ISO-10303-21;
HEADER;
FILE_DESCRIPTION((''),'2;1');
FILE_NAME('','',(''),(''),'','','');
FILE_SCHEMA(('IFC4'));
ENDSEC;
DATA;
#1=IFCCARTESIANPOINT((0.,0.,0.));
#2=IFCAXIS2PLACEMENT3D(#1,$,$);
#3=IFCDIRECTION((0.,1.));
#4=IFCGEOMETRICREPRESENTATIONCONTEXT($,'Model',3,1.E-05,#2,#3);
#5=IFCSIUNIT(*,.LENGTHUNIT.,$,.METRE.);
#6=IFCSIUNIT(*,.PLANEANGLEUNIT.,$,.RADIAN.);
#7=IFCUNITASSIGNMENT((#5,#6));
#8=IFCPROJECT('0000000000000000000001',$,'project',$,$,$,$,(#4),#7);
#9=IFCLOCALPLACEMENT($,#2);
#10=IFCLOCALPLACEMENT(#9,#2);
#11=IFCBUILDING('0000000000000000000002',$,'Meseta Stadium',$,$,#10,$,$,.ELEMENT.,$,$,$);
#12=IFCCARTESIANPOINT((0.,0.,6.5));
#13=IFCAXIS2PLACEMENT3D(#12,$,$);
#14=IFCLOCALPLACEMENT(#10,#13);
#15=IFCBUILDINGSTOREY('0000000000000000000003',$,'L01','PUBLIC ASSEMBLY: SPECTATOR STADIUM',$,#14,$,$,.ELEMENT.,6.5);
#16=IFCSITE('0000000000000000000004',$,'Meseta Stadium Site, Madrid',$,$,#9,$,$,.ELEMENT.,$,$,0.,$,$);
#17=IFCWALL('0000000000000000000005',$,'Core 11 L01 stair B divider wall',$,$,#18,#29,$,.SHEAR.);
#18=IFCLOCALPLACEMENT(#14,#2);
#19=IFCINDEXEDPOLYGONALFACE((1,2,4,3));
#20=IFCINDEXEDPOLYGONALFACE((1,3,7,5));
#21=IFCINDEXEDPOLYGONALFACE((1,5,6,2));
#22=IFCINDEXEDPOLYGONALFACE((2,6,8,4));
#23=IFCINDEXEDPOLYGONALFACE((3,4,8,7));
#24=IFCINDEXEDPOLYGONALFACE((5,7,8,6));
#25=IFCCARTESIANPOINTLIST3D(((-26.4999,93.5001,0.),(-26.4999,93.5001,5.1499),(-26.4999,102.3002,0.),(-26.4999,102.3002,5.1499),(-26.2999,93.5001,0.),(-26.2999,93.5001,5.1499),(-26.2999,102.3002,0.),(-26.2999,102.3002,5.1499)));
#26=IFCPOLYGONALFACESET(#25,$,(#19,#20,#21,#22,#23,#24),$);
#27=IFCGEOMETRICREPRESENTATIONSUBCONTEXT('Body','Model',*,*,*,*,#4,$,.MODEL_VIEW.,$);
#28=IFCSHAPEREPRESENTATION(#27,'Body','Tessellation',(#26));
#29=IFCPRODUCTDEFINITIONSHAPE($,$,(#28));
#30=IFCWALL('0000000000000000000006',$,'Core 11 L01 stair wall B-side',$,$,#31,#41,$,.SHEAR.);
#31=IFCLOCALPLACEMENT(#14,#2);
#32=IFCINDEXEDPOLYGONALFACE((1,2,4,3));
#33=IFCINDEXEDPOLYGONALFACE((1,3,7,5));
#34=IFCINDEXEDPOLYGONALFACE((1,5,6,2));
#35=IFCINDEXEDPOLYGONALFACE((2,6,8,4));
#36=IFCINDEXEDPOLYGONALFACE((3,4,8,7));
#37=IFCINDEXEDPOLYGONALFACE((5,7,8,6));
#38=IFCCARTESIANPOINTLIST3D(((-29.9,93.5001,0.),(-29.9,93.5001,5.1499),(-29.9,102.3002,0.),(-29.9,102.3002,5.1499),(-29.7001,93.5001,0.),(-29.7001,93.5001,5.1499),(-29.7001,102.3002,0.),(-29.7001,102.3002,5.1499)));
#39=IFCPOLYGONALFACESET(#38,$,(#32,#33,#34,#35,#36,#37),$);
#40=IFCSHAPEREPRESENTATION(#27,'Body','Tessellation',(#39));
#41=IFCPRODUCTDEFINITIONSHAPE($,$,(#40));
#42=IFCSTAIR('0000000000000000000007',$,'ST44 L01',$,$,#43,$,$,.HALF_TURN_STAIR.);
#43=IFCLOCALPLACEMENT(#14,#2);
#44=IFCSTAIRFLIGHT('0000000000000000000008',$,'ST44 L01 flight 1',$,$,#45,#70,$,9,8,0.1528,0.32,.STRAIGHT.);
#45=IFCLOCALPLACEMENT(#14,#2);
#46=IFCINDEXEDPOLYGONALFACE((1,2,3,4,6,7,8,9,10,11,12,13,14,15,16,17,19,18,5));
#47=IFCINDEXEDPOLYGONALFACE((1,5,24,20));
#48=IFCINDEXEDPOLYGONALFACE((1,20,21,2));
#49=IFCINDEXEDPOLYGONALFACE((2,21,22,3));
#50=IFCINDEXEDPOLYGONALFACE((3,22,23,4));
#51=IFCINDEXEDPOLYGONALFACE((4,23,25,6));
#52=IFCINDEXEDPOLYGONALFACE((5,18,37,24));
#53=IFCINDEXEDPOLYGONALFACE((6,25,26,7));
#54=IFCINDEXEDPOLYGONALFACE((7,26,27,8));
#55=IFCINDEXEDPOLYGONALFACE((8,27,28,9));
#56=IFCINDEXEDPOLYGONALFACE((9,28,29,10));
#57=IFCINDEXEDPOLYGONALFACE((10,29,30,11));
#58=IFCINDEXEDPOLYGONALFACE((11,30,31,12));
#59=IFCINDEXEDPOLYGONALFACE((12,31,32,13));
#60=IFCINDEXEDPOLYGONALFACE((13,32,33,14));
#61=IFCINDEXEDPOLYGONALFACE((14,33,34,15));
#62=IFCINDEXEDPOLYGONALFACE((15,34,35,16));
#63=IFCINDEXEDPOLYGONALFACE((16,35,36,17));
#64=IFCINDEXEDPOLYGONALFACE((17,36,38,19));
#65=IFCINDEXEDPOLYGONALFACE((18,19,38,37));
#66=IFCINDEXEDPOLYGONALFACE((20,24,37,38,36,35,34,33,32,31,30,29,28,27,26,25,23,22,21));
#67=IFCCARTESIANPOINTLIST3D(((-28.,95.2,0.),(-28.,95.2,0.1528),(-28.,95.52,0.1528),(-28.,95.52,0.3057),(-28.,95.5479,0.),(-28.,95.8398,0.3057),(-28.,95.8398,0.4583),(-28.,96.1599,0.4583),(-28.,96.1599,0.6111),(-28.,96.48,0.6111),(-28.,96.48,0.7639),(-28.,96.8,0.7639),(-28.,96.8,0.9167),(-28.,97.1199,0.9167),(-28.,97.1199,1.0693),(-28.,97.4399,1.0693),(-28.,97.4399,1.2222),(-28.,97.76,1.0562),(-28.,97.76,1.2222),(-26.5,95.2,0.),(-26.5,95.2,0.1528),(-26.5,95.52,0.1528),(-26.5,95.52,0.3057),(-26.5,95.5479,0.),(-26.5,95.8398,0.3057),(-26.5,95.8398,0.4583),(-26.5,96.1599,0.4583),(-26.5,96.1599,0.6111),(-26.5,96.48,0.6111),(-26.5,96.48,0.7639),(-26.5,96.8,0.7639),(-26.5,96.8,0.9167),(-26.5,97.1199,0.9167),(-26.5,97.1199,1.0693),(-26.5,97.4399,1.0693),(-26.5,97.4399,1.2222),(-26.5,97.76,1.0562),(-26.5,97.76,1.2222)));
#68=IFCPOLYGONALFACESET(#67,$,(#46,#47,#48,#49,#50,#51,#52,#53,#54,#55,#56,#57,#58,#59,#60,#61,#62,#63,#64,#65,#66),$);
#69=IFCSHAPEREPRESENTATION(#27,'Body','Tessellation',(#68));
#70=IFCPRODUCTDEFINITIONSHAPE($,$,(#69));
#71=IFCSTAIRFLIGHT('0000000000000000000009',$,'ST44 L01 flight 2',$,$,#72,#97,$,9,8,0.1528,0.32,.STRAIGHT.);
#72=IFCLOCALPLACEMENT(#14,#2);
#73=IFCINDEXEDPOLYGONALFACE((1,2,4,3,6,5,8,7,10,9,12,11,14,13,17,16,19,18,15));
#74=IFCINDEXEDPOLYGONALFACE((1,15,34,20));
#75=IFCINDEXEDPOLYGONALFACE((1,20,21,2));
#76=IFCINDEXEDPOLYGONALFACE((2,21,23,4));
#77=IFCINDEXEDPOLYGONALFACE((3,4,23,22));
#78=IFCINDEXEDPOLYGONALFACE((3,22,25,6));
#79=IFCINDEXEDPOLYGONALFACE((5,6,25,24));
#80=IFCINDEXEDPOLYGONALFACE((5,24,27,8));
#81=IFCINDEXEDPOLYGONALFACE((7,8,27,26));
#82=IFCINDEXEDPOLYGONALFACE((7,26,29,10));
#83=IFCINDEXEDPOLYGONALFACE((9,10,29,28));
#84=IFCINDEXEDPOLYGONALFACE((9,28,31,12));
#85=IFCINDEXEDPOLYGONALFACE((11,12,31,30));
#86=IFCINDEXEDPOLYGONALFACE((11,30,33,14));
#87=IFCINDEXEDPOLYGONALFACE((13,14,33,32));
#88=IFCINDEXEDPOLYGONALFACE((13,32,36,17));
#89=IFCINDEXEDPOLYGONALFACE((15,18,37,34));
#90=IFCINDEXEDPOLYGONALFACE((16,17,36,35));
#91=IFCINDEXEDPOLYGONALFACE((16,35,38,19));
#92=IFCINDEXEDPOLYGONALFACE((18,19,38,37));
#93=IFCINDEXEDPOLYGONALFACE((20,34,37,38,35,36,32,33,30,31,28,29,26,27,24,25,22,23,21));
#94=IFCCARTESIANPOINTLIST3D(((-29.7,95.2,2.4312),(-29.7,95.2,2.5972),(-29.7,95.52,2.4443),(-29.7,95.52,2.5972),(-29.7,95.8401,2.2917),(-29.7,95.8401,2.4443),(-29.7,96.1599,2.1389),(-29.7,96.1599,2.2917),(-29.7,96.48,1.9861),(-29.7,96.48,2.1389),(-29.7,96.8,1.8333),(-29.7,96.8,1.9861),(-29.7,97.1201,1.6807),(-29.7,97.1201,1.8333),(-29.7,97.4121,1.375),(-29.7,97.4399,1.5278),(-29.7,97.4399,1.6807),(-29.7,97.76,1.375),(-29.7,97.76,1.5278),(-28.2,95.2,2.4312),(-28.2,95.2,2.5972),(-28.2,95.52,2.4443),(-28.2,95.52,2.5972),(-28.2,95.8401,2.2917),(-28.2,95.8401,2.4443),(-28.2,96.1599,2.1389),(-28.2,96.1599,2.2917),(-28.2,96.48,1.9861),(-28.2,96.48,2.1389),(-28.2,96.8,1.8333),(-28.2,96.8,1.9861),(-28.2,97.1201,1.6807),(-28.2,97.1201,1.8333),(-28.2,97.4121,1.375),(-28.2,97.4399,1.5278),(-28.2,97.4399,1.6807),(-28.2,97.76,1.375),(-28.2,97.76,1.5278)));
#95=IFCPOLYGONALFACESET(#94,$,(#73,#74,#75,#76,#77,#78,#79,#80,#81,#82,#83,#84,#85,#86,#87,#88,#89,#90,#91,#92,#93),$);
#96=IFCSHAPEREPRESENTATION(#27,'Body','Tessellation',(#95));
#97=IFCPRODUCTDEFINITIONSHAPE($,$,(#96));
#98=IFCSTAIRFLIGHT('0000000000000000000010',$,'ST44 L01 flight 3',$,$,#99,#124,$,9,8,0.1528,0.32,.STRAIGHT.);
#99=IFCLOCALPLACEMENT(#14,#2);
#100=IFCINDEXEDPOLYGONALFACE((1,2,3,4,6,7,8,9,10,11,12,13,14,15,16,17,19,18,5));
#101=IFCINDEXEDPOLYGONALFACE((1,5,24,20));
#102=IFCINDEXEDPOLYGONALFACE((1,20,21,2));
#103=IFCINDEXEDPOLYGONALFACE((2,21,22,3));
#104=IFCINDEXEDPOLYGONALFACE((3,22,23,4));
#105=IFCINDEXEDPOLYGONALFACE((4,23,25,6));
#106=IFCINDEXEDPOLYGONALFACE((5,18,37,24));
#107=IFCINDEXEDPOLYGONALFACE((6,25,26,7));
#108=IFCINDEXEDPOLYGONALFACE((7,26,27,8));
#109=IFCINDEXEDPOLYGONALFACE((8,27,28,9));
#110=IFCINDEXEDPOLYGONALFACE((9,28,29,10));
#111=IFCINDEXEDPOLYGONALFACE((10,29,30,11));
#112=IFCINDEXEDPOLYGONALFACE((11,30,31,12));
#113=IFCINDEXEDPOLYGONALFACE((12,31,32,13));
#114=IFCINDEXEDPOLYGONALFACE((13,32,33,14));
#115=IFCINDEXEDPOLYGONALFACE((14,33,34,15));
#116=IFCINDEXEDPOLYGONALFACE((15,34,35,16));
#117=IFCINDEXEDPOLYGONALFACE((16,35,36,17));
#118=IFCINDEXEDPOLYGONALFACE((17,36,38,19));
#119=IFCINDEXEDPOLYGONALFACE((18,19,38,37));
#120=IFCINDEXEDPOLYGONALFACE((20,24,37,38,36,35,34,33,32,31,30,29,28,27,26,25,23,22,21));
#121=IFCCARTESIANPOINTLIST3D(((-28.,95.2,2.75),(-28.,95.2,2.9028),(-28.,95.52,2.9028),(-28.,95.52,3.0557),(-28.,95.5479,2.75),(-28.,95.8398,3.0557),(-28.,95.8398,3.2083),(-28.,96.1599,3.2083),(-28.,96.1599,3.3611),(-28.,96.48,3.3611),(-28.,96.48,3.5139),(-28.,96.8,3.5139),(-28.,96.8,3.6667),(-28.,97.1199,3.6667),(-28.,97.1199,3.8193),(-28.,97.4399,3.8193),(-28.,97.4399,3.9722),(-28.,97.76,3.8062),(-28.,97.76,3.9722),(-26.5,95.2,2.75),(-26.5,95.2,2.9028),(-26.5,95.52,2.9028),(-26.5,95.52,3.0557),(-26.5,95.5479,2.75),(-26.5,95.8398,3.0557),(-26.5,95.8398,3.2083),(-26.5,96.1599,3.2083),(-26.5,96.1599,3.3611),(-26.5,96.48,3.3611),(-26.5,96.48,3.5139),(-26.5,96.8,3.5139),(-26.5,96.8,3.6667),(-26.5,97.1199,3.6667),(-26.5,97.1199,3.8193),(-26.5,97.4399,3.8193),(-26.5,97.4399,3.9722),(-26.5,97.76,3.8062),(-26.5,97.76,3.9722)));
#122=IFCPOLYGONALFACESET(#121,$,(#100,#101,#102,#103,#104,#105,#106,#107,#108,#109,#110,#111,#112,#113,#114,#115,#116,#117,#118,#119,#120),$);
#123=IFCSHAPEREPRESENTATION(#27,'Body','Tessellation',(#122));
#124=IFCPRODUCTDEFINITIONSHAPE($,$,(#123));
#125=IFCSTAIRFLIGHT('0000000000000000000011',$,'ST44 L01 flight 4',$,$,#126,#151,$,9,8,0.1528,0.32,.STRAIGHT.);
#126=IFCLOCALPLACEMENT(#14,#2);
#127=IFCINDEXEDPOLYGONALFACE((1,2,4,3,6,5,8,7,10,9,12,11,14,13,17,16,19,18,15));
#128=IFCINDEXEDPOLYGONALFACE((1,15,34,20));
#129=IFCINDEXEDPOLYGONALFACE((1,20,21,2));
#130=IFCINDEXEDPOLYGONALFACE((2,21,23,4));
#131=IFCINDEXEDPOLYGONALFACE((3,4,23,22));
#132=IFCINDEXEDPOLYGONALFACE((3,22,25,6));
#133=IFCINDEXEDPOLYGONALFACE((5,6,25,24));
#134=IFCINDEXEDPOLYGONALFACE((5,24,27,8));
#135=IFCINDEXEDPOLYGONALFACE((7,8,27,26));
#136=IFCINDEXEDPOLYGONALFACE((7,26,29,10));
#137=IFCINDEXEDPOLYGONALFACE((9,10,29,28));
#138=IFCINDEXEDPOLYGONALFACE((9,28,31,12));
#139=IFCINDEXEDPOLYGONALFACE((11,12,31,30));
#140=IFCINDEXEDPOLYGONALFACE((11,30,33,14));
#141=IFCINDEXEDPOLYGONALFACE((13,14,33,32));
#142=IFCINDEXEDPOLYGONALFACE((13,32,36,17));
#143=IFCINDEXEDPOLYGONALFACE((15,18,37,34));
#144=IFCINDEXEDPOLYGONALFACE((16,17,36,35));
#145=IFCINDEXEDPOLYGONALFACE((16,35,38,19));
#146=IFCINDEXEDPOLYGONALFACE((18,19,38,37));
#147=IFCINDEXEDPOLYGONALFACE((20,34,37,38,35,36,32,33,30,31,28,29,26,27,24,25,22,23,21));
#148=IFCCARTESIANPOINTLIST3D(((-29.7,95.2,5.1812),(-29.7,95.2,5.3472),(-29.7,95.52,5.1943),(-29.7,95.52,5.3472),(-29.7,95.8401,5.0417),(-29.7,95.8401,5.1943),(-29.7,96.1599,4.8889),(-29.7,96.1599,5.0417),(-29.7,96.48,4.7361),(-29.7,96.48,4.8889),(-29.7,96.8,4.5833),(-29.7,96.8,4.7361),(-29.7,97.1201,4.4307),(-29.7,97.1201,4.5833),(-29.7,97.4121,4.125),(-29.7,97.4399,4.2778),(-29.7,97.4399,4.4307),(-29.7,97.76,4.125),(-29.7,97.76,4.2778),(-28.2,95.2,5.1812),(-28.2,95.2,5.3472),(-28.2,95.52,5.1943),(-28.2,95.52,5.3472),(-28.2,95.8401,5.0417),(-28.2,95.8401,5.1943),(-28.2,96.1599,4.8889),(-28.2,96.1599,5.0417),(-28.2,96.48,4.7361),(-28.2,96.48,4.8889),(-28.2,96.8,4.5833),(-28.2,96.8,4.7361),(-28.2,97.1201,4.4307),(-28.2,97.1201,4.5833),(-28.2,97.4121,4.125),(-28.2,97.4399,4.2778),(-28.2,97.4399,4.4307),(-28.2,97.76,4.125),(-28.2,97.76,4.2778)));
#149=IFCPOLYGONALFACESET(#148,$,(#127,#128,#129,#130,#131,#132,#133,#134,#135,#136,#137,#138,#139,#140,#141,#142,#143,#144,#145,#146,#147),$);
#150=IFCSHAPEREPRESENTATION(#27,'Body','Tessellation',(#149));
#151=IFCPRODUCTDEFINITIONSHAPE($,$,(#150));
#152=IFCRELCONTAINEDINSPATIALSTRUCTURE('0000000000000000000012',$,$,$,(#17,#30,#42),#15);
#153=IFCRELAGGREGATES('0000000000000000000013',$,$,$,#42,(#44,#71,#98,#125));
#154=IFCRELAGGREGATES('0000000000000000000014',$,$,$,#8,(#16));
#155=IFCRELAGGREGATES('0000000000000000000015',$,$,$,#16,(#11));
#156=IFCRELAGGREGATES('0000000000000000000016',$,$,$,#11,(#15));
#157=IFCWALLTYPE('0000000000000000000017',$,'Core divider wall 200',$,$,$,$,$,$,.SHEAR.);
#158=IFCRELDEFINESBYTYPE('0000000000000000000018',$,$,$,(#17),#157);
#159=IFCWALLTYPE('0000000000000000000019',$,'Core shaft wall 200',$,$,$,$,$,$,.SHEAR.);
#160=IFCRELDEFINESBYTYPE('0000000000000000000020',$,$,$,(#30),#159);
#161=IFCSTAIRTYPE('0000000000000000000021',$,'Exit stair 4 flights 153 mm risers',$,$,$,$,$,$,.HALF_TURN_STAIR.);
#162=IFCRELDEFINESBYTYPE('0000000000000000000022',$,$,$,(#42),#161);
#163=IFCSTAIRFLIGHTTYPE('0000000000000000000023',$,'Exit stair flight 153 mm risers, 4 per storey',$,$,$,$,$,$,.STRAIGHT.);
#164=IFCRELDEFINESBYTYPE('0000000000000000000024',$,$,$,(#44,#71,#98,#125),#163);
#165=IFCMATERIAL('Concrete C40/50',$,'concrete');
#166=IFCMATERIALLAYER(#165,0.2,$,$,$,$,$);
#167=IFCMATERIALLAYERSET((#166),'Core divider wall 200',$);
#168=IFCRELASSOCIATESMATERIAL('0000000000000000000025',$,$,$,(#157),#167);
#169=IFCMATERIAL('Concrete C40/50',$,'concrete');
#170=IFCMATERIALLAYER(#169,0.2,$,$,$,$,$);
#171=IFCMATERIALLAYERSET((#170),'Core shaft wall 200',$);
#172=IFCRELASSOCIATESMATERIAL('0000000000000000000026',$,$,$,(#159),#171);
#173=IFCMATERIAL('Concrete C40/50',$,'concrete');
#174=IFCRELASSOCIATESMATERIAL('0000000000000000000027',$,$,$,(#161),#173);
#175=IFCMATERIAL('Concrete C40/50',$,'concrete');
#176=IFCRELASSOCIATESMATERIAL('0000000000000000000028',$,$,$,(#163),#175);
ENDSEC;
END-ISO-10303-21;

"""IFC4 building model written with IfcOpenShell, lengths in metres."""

from ifc_helpers import new_model, si_unit, direction, frame, frame_2d, origin, place, context, subcontext, project, spatial, polyline, rectangle, outline, extrude, material, layer, layer_set, type_object, element, aggregate, save


model = new_model("IFC4")

# Units and contexts
model_context = context("Model", 3, precision=1e-05, world=origin(), true_north=direction((0.0, 1.0)))
body_context = subcontext(model_context, "Body", "Model", "MODEL_VIEW")
ifc_project = project(units=[si_unit("LENGTHUNIT", "METRE"), si_unit("PLANEANGLEUNIT", "RADIAN")], contexts=[model_context])

# Site, building, storey
site_placement = place(None, origin())
site = spatial("IfcSite", under=ifc_project, at=site_placement, Name="Meseta Stadium Site, Madrid", CompositionType="ELEMENT", RefElevation=0.0)
building_placement = place(site_placement, origin())
building = spatial("IfcBuilding", under=site, at=building_placement, Name="Meseta Stadium", CompositionType="ELEMENT")
storey_placement = place(building_placement, frame((0.0, 0.0, 6.5)))
storey = spatial("IfcBuildingStorey", under=building, at=storey_placement, Name="L01", Description="PUBLIC ASSEMBLY: SPECTATOR STADIUM", CompositionType="ELEMENT", Elevation=6.5)

# Walls
ifc_material_1 = material(Name="Concrete C40/50", Category="concrete")
ifc_layer_1 = layer(ifc_material_1, 0.2)
ifc_layer_set_1 = layer_set([ifc_layer_1], Name="Core divider wall 200")
wall_type_1 = type_object("IfcWallType", Name="Core divider wall 200", PredefinedType="SHEAR", material=ifc_layer_set_1)
wall_1_placement = place(storey_placement, frame((-26.3999, 102.3, 0.0), z_axis=(0.0, 0.0, 1.0), x_axis=(0.0, -1.0, 0.0)))
element("IfcWall", 1, at=wall_1_placement, inside=storey, type_object=wall_type_1, Name="Core 11 L01 stair B divider wall", PredefinedType="SHEAR", context=body_context, shape_type="SweptSolid", body=[
    extrude(rectangle(XDim=8.8, YDim=0.2, at=frame_2d((4.3999, 0.0))), origin(), (0.0, 0.0, 1.0), 5.1499),
])
ifc_material_2 = material(Name="Concrete C40/50", Category="concrete")
ifc_layer_2 = layer(ifc_material_2, 0.2)
ifc_layer_set_2 = layer_set([ifc_layer_2], Name="Core shaft wall 200")
wall_type_2 = type_object("IfcWallType", Name="Core shaft wall 200", PredefinedType="SHEAR", material=ifc_layer_set_2)
wall_2_placement = place(storey_placement, frame((-29.8, 102.3, 0.0), z_axis=(0.0, 0.0, 1.0), x_axis=(0.0, -1.0, 0.0)))
element("IfcWall", 2, at=wall_2_placement, inside=storey, type_object=wall_type_2, Name="Core 11 L01 stair wall B-side", PredefinedType="SHEAR", context=body_context, shape_type="SweptSolid", body=[
    extrude(rectangle(XDim=8.8, YDim=0.2, at=frame_2d((4.3999, 0.0))), origin(), (0.0, 0.0, 1.0), 5.1499),
])

# Stair, stair flights
ifc_material_3 = material(Name="Concrete C40/50", Category="concrete")
stair_type = type_object("IfcStairType", Name="Exit stair 4 flights 153 mm risers", PredefinedType="HALF_TURN_STAIR", material=ifc_material_3)
stair_placement = place(storey_placement, origin())
stair = element("IfcStair", 3, at=stair_placement, inside=storey, type_object=stair_type, Name="ST44 L01", PredefinedType="HALF_TURN_STAIR")
ifc_material_4 = material(Name="Concrete C40/50", Category="concrete")
stair_flight_type = type_object("IfcStairFlightType", Name="Exit stair flight 153 mm risers, 4 per storey", PredefinedType="STRAIGHT", material=ifc_material_4)
stair_flight_1_placement = place(storey_placement, frame((-27.25, 95.2, 0.0), z_axis=(0.0, 0.0, 1.0), x_axis=(0.0, 1.0, 0.0)))
stair_flight_1 = element("IfcStairFlight", 4, at=stair_flight_1_placement, type_object=stair_flight_type, Name="ST44 L01 flight 1", NumberOfRisers=9, NumberOfTreads=8, PredefinedType="STRAIGHT", RiserHeight=0.1528, TreadLength=0.32, context=body_context, shape_type="SweptSolid", body=[
    extrude(outline(polyline([(0.0, 0.0), (0.0, 0.1528), (0.3201, 0.1528), (0.3201, 0.3057), (0.6399, 0.3057), (0.6399, 0.4583), (0.96, 0.4583), (0.96, 0.6111), (1.28, 0.6111), (1.28, 0.7639), (1.6001, 0.7639), (1.6001, 0.9167), (1.9199, 0.9167), (1.9199, 1.0693), (2.24, 1.0693), (2.24, 1.2222), (2.5601, 1.2222), (2.5601, 1.0562), (0.3479, 0.0), (0.0, 0.0)])), frame((0.0, 0.75, 0.0), z_axis=(0.0, -1.0, 0.0), x_axis=(1.0, 0.0, 0.0)), (0.0, 0.0, 1.0), 1.5),
])
stair_flight_2_placement = place(storey_placement, frame((-28.95, 97.76, 1.375), z_axis=(0.0, 0.0, 1.0), x_axis=(0.0, -1.0, 0.0)))
stair_flight_2 = element("IfcStairFlight", 5, at=stair_flight_2_placement, type_object=stair_flight_type, Name="ST44 L01 flight 2", NumberOfRisers=9, NumberOfTreads=8, PredefinedType="STRAIGHT", RiserHeight=0.1528, TreadLength=0.32, context=body_context, shape_type="SweptSolid", body=[
    extrude(outline(polyline([(0.0, 0.0), (0.0, 0.1528), (0.3201, 0.1528), (0.3201, 0.3057), (0.6399, 0.3057), (0.6399, 0.4583), (0.96, 0.4583), (0.96, 0.6111), (1.28, 0.6111), (1.28, 0.7639), (1.6001, 0.7639), (1.6001, 0.9167), (1.9199, 0.9167), (1.9199, 1.0693), (2.24, 1.0693), (2.24, 1.2222), (2.5601, 1.2222), (2.5601, 1.0562), (0.3479, 0.0), (0.0, 0.0)])), frame((0.0, 0.75, 0.0), z_axis=(0.0, -1.0, 0.0), x_axis=(1.0, 0.0, 0.0)), (0.0, 0.0, 1.0), 1.5),
])
stair_flight_3_placement = place(storey_placement, frame((-27.25, 95.2, 2.75), z_axis=(0.0, 0.0, 1.0), x_axis=(0.0, 1.0, 0.0)))
stair_flight_3 = element("IfcStairFlight", 6, at=stair_flight_3_placement, type_object=stair_flight_type, Name="ST44 L01 flight 3", NumberOfRisers=9, NumberOfTreads=8, PredefinedType="STRAIGHT", RiserHeight=0.1528, TreadLength=0.32, context=body_context, shape_type="SweptSolid", body=[
    extrude(outline(polyline([(0.0, 0.0), (0.0, 0.1528), (0.3201, 0.1528), (0.3201, 0.3057), (0.6399, 0.3057), (0.6399, 0.4583), (0.96, 0.4583), (0.96, 0.6111), (1.28, 0.6111), (1.28, 0.7639), (1.6001, 0.7639), (1.6001, 0.9167), (1.9199, 0.9167), (1.9199, 1.0693), (2.24, 1.0693), (2.24, 1.2222), (2.5601, 1.2222), (2.5601, 1.0562), (0.3479, 0.0), (0.0, 0.0)])), frame((0.0, 0.75, 0.0), z_axis=(0.0, -1.0, 0.0), x_axis=(1.0, 0.0, 0.0)), (0.0, 0.0, 1.0), 1.5),
])
stair_flight_4_placement = place(storey_placement, frame((-28.95, 97.76, 4.125), z_axis=(0.0, 0.0, 1.0), x_axis=(0.0, -1.0, 0.0)))
stair_flight_4 = element("IfcStairFlight", 7, at=stair_flight_4_placement, type_object=stair_flight_type, Name="ST44 L01 flight 4", NumberOfRisers=9, NumberOfTreads=8, PredefinedType="STRAIGHT", RiserHeight=0.1528, TreadLength=0.32, context=body_context, shape_type="SweptSolid", body=[
    extrude(outline(polyline([(0.0, 0.0), (0.0, 0.1528), (0.3201, 0.1528), (0.3201, 0.3057), (0.6399, 0.3057), (0.6399, 0.4583), (0.96, 0.4583), (0.96, 0.6111), (1.28, 0.6111), (1.28, 0.7639), (1.6001, 0.7639), (1.6001, 0.9167), (1.9199, 0.9167), (1.9199, 1.0693), (2.24, 1.0693), (2.24, 1.2222), (2.5601, 1.2222), (2.5601, 1.0562), (0.3479, 0.0), (0.0, 0.0)])), frame((0.0, 0.75, 0.0), z_axis=(0.0, -1.0, 0.0), x_axis=(1.0, 0.0, 0.0)), (0.0, 0.0, 1.0), 1.5),
])
aggregate(stair, [stair_flight_1, stair_flight_2, stair_flight_3, stair_flight_4])

save(model, "model.ifc")
